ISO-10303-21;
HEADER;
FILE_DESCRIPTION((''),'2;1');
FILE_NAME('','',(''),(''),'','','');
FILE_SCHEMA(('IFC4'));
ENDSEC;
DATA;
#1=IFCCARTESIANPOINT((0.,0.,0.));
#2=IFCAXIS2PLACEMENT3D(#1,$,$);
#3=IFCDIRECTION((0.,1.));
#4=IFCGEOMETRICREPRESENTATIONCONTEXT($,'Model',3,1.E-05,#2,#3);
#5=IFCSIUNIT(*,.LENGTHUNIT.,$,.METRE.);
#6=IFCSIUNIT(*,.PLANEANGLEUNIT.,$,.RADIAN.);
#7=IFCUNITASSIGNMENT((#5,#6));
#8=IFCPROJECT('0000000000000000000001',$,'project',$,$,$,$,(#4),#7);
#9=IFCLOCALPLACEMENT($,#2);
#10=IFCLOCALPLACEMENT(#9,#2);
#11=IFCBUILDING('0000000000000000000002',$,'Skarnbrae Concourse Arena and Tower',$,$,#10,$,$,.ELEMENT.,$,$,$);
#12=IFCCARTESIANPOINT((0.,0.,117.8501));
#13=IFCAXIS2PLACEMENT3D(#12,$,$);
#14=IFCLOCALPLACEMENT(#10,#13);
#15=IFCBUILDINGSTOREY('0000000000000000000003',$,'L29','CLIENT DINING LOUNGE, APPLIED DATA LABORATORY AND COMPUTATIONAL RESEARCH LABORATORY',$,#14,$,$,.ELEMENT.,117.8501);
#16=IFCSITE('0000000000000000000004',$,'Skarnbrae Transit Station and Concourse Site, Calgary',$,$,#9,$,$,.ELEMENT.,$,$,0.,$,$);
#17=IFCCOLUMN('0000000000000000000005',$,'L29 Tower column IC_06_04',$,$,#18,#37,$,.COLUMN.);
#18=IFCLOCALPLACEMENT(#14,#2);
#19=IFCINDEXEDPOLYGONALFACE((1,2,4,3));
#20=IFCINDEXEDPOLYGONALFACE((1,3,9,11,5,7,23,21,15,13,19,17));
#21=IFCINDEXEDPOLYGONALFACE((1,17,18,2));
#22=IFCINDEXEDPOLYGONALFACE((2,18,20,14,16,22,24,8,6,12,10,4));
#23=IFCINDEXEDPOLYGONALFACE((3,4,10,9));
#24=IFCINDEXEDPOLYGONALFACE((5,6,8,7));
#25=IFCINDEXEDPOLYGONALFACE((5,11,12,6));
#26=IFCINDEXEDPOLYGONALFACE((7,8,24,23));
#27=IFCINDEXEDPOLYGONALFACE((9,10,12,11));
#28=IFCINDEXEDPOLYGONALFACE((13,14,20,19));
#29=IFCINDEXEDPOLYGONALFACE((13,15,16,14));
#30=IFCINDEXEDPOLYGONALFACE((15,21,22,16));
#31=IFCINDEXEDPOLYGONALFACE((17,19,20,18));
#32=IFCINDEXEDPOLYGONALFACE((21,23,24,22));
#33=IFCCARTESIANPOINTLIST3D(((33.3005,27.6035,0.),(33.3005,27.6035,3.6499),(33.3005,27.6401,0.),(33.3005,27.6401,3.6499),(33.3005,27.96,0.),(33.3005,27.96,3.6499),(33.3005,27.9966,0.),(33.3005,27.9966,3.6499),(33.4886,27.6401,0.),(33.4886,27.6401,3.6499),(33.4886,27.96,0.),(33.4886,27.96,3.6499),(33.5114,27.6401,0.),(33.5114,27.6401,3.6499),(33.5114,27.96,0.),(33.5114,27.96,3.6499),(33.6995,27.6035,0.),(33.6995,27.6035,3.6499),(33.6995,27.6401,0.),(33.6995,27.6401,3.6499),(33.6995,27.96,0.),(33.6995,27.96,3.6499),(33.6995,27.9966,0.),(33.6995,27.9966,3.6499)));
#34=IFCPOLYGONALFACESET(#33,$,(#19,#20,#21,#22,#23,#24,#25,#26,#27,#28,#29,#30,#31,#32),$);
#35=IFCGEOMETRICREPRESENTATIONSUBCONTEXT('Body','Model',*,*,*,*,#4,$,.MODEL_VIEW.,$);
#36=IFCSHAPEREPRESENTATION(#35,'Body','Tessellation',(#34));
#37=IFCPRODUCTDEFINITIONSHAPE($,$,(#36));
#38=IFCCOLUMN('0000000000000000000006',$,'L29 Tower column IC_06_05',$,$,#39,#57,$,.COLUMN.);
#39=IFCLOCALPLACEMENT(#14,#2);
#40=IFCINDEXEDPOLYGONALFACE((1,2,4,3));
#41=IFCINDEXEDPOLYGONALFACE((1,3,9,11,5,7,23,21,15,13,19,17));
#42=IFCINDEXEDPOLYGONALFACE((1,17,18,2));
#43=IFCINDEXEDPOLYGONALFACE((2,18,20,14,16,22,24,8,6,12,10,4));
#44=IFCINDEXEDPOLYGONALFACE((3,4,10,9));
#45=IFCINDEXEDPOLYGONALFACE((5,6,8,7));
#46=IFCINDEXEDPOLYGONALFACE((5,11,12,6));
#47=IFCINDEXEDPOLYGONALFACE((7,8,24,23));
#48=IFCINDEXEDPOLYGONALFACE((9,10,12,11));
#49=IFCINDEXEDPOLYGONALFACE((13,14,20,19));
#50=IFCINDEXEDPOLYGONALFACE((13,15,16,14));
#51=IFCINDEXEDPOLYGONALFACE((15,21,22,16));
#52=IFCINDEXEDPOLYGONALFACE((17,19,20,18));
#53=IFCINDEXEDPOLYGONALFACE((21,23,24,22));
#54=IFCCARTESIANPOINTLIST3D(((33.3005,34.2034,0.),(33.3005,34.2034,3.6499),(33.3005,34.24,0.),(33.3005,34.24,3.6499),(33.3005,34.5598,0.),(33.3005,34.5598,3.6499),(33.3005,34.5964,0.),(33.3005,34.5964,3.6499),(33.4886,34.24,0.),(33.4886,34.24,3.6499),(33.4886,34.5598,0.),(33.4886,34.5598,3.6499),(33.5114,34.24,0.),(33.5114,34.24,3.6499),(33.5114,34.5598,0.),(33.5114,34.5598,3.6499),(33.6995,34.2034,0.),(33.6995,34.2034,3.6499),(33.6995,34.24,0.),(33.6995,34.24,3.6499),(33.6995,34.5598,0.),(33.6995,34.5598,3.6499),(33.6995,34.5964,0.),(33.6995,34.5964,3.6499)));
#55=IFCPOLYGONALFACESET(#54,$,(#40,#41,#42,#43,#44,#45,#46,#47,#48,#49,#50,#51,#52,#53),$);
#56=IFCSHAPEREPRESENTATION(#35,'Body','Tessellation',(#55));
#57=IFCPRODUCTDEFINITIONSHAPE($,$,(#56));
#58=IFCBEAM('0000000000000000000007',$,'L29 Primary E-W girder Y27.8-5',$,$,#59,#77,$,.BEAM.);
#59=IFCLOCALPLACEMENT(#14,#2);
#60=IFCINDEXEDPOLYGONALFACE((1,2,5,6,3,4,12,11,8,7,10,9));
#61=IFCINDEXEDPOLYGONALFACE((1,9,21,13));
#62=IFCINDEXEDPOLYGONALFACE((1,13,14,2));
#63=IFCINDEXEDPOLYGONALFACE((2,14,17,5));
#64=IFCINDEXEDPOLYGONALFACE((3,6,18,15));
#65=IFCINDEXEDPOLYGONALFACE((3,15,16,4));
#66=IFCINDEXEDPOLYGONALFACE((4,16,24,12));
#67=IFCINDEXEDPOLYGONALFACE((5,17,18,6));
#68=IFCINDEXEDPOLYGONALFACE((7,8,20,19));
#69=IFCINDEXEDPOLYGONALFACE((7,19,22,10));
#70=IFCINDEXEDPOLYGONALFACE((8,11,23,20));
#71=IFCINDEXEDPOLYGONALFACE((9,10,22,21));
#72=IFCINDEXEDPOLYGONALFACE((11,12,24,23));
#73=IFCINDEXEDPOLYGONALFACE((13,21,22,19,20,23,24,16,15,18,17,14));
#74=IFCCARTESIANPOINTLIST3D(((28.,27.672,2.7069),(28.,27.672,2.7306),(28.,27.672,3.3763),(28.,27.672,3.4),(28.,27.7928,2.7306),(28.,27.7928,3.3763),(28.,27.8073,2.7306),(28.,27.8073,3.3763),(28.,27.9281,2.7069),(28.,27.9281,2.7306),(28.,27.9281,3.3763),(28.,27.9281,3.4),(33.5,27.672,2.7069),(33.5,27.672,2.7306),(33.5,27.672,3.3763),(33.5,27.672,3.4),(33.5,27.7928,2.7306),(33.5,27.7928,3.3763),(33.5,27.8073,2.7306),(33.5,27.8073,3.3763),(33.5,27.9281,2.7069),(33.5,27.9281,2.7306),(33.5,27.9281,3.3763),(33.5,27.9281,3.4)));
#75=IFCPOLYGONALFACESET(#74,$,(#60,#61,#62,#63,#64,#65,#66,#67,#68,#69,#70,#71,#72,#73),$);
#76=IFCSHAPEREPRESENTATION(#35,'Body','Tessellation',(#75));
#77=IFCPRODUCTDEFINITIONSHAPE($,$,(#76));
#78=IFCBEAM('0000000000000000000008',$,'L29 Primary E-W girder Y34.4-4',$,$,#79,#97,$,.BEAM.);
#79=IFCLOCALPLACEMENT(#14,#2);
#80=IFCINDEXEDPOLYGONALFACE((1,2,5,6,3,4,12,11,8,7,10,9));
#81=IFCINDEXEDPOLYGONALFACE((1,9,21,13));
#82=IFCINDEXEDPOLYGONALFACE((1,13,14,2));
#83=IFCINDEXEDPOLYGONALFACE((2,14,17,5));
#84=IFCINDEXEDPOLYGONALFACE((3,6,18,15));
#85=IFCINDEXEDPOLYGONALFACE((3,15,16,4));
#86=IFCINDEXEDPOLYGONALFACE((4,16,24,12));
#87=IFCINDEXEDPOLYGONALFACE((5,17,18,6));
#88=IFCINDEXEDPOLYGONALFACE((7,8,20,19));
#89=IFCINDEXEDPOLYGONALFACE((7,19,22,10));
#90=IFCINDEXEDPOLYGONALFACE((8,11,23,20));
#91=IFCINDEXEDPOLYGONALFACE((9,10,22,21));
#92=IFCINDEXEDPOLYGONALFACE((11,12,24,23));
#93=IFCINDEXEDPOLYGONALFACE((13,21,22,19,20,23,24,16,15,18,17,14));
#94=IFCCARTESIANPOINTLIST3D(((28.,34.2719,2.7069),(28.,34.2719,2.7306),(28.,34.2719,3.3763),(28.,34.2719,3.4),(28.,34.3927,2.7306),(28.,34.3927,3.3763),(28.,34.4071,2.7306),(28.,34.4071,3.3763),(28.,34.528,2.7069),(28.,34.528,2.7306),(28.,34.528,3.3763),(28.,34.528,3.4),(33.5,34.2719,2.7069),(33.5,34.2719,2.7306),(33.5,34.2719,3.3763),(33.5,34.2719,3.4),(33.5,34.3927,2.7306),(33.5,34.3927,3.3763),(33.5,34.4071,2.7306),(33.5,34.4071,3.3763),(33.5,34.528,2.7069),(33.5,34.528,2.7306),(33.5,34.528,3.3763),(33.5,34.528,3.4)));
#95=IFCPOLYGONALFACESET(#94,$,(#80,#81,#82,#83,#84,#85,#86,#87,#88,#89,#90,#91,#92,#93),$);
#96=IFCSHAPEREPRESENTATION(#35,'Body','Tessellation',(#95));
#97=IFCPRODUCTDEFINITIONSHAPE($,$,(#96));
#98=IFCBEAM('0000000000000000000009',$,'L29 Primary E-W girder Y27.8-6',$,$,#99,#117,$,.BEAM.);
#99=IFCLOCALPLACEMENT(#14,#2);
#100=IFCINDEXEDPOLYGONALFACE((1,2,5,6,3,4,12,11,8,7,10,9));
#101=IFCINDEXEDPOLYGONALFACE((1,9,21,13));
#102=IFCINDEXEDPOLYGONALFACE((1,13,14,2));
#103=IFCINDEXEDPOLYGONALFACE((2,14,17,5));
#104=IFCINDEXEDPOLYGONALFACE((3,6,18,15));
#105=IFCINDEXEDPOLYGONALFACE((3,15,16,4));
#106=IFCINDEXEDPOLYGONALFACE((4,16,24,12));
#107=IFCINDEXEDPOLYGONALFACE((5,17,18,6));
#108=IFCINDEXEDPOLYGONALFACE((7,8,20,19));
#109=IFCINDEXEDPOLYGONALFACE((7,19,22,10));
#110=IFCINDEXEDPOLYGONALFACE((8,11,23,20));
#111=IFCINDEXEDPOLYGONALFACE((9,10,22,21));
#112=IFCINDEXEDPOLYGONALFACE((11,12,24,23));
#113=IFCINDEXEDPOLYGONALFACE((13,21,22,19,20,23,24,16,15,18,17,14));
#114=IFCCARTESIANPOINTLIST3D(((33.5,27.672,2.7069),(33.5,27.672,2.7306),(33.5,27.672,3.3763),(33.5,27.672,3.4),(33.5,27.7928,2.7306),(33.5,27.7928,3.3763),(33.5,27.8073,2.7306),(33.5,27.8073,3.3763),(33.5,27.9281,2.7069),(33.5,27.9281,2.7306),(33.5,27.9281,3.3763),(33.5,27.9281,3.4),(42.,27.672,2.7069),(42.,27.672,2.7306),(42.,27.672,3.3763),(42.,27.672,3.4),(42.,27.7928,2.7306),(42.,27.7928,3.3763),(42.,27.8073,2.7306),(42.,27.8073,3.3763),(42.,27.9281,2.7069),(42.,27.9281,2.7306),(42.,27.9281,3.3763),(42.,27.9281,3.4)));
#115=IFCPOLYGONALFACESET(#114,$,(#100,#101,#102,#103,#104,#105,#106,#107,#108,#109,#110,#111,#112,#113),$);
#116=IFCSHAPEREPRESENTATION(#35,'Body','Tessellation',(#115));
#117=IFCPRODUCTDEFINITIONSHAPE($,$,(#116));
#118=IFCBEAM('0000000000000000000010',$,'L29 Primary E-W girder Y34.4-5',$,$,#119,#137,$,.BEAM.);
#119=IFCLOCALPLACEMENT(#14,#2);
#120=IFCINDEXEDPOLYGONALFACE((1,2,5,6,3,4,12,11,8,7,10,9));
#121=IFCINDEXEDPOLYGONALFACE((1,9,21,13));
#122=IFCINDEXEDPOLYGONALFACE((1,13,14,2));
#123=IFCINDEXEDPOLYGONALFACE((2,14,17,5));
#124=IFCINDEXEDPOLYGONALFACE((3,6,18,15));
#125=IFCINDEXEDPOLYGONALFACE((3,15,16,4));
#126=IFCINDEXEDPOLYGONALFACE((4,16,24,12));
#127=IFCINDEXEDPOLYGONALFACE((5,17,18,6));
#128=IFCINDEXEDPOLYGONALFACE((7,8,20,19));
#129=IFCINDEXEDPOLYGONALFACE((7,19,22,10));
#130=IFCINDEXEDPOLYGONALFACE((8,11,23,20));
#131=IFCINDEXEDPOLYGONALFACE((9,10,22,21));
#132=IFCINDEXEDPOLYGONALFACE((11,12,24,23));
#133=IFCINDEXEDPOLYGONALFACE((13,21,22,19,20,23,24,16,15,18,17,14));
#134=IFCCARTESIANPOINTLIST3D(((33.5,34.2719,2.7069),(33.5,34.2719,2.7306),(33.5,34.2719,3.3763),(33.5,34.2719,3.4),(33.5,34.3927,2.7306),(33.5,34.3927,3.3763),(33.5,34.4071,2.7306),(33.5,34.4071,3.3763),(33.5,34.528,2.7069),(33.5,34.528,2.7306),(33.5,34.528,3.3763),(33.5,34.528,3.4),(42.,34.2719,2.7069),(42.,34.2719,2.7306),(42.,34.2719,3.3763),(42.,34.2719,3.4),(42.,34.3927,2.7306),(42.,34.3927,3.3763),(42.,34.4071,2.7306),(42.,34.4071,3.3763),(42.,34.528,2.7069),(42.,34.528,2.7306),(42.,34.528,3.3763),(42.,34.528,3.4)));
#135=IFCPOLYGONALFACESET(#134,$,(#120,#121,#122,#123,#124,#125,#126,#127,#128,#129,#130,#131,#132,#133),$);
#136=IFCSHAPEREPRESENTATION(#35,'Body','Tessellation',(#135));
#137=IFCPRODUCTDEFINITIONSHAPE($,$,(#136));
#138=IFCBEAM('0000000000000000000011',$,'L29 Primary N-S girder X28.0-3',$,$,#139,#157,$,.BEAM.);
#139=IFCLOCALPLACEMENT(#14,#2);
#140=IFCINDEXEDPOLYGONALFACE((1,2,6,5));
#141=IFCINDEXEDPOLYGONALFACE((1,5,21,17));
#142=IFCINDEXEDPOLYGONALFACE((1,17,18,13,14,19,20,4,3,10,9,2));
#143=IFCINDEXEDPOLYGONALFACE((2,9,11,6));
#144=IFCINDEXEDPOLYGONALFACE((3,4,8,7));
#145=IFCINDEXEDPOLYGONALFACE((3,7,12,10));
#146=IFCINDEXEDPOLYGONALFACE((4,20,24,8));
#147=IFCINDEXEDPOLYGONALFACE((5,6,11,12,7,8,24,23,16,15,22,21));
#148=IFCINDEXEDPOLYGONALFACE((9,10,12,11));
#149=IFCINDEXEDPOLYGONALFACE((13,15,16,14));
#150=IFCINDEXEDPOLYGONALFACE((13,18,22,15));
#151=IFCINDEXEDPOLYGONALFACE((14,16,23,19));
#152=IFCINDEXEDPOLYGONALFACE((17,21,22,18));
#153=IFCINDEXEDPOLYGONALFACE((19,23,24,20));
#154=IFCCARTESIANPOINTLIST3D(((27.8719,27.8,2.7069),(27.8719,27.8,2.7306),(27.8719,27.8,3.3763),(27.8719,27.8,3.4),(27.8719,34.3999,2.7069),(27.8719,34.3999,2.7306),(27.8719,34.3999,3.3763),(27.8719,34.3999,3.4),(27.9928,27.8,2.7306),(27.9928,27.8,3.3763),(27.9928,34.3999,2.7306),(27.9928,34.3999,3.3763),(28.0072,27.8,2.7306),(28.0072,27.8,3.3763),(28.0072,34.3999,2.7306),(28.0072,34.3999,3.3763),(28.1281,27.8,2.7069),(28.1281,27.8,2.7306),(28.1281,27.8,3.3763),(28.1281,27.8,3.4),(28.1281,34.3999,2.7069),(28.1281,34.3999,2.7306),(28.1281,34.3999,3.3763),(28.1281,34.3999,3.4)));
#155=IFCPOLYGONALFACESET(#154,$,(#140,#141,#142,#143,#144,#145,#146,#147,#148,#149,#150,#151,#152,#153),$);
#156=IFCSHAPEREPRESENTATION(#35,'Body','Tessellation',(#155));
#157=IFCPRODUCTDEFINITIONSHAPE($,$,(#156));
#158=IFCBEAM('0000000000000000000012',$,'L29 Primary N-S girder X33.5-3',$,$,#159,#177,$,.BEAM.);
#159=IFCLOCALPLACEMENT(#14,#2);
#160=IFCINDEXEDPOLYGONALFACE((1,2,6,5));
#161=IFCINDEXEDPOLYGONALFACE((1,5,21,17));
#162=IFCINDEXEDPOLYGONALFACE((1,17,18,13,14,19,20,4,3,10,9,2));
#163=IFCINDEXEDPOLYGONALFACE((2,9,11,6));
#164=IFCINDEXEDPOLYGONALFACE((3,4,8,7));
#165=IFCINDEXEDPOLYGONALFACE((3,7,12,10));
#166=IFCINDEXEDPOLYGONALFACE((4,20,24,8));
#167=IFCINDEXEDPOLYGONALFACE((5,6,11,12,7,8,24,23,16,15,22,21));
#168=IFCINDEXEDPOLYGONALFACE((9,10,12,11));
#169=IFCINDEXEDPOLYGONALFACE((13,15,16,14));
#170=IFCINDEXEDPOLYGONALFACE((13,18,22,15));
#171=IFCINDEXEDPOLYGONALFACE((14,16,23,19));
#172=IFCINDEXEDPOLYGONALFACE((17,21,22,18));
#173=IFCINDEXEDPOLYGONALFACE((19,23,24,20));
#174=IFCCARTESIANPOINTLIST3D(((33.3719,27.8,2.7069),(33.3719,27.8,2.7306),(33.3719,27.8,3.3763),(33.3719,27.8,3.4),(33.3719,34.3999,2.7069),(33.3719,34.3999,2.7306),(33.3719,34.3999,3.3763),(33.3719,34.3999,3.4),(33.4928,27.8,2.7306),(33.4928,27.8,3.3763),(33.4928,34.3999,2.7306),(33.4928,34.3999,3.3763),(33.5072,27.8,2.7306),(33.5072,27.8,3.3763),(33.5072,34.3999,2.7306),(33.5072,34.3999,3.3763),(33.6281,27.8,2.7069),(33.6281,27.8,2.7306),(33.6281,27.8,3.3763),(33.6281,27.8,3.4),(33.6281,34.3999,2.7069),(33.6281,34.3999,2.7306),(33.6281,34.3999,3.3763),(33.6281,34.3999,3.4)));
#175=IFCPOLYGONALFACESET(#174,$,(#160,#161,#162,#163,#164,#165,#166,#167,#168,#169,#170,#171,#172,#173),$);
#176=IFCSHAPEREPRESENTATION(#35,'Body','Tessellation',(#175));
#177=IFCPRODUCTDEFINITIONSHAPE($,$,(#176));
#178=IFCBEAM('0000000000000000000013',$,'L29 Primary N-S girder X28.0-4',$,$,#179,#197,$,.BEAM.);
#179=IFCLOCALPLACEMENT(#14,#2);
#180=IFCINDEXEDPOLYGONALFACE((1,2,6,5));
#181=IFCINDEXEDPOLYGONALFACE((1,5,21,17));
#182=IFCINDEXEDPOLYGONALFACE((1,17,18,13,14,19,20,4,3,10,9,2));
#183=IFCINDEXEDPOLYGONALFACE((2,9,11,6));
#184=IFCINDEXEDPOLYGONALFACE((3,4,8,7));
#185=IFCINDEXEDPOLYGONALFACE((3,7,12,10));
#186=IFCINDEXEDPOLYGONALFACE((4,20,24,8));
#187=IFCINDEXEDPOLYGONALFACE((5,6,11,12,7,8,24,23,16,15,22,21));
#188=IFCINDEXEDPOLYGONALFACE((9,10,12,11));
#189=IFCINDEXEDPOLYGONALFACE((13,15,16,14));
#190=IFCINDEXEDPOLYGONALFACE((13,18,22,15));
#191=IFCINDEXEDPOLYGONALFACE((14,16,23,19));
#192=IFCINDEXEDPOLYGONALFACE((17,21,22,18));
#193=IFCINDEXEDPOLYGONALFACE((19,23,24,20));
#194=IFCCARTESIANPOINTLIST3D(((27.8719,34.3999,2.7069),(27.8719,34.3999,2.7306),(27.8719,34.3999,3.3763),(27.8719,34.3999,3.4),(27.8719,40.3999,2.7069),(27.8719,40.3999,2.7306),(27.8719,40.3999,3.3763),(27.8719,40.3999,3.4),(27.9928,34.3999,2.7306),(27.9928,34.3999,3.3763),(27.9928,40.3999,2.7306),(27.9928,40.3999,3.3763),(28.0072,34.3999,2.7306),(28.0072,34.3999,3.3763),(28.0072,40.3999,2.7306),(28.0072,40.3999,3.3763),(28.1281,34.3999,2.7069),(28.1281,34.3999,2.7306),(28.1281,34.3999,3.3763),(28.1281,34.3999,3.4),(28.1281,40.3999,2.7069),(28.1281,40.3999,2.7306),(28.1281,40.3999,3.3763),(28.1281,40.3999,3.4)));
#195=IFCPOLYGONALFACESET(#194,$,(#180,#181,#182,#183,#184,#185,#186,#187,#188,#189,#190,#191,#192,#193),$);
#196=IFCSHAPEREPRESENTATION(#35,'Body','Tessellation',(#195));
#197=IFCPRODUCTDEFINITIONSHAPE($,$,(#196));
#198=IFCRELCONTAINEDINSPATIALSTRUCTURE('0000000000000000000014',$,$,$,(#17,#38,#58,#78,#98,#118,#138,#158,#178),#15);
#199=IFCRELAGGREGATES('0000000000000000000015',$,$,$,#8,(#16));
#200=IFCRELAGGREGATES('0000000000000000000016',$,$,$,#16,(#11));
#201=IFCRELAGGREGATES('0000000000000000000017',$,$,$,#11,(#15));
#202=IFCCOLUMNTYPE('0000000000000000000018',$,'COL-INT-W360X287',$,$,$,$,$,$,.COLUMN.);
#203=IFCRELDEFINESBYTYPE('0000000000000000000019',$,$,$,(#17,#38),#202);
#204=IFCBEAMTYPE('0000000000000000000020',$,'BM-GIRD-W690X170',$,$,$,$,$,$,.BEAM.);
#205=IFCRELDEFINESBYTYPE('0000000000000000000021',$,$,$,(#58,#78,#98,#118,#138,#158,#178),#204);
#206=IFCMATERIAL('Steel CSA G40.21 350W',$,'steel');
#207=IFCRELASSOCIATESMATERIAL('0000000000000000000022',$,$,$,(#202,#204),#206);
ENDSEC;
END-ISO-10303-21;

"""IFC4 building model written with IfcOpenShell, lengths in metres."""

from ifc_helpers import new_model, si_unit, direction, frame, origin, origin_2d, place, context, subcontext, project, spatial, i_section, extrude, source, transform, mapped, material, material_profile, profile_set, type_object, element, save


model = new_model("IFC4")

# Units and contexts
model_context = context("Model", 3, precision=1e-05, world=origin(), true_north=direction((0.0, 1.0)))
body_context = subcontext(model_context, "Body", "Model", "MODEL_VIEW")
ifc_project = project(units=[si_unit("LENGTHUNIT", "METRE"), si_unit("PLANEANGLEUNIT", "RADIAN")], contexts=[model_context])

# Site, building, storey
site_placement = place(None, origin())
site = spatial("IfcSite", under=ifc_project, at=site_placement, Name="Skarnbrae Transit Station and Concourse Site, Calgary", CompositionType="ELEMENT", RefElevation=0.0)
building_placement = place(site_placement, origin())
building = spatial("IfcBuilding", under=site, at=building_placement, Name="Skarnbrae Concourse Arena and Tower", CompositionType="ELEMENT")
storey_placement = place(building_placement, frame((0.0, 0.0, 117.8501)))
storey = spatial("IfcBuildingStorey", under=building, at=storey_placement, Name="L29", Description="CLIENT DINING LOUNGE, APPLIED DATA LABORATORY AND COMPUTATIONAL RESEARCH LABORATORY", CompositionType="ELEMENT", Elevation=117.8501)

# Columns
ifc_material_1 = material(Name="Steel CSA G40.21 350W", Category="steel")
ifc_material_profile_1 = material_profile(ifc_material_1, i_section(OverallWidth=0.3989, OverallDepth=0.3931, WebThickness=0.0227, FlangeThickness=0.0366, at=origin_2d()), Name="W360X287")
ifc_profile_set_1 = profile_set([ifc_material_profile_1], Name="Steel CSA G40.21 350W")
column_type = type_object("IfcColumnType", Name="COL-INT-W360X287", PredefinedType="COLUMN", material=ifc_profile_set_1)
shared_shape_1 = source(origin(), body_context, "Body", "SweptSolid", [
    extrude(i_section(OverallWidth=0.3989, OverallDepth=0.3931, WebThickness=0.0227, FlangeThickness=0.0366, at=origin_2d()), origin(), (0.0, 0.0, 1.0), 3.6499),
])
for number, where, z_axis, x_axis, name in (
    (1, (33.5, 27.8, 0.0), (0.0, 0.0, 1.0), (1.0, 0.0, 0.0), "L29 Tower column IC_06_04"),
    (2, (33.5, 34.3999, 0.0), (0.0, 0.0, 1.0), (1.0, 0.0, 0.0), "L29 Tower column IC_06_05"),
):
    element("IfcColumn", number, at=place(storey_placement, frame(where, z_axis=z_axis, x_axis=x_axis)), inside=storey, type_object=column_type, Name=name, PredefinedType="COLUMN", context=body_context, shape_type="MappedRepresentation", body=[
        mapped(shared_shape_1, transform((0.0, 0.0, 0.0))),
    ])

# Beams
ifc_material_profile_2 = material_profile(ifc_material_1, i_section(OverallWidth=0.2561, OverallDepth=0.6931, WebThickness=0.0144, FlangeThickness=0.0237, at=origin_2d()), Name="W690X170")
ifc_profile_set_2 = profile_set([ifc_material_profile_2], Name="Steel CSA G40.21 350W")
beam_type_1 = type_object("IfcBeamType", Name="BM-GIRD-W690X170", PredefinedType="BEAM", material=ifc_profile_set_2)
shared_shape_2 = source(origin(), body_context, "Body", "SweptSolid", [
    extrude(i_section(OverallWidth=0.2561, OverallDepth=0.6931, WebThickness=0.0144, FlangeThickness=0.0237, at=origin_2d()), origin(), (0.0, 0.0, 1.0), 5.5),
])
for number, where, z_axis, x_axis, name in (
    (3, (28.0, 27.8, 3.0535), (1.0, 0.0, 0.0), (0.0, 1.0, 0.0), "L29 Primary E-W girder Y27.8-5"),
    (4, (28.0, 34.3999, 3.0535), (1.0, 0.0, 0.0), (0.0, 1.0, 0.0), "L29 Primary E-W girder Y34.4-4"),
):
    element("IfcBeam", number, at=place(storey_placement, frame(where, z_axis=z_axis, x_axis=x_axis)), inside=storey, type_object=beam_type_1, Name=name, PredefinedType="BEAM", context=body_context, shape_type="MappedRepresentation", body=[
        mapped(shared_shape_2, transform((0.0, 0.0, 0.0))),
    ])
shared_shape_3 = source(origin(), body_context, "Body", "SweptSolid", [
    extrude(i_section(OverallWidth=0.2561, OverallDepth=0.6931, WebThickness=0.0144, FlangeThickness=0.0237, at=origin_2d()), origin(), (0.0, 0.0, 1.0), 8.5),
])
for number, where, z_axis, x_axis, name in (
    (5, (33.5, 27.8, 3.0535), (1.0, 0.0, 0.0), (0.0, 1.0, 0.0), "L29 Primary E-W girder Y27.8-6"),
    (6, (33.5, 34.3999, 3.0535), (1.0, 0.0, 0.0), (0.0, 1.0, 0.0), "L29 Primary E-W girder Y34.4-5"),
):
    element("IfcBeam", number, at=place(storey_placement, frame(where, z_axis=z_axis, x_axis=x_axis)), inside=storey, type_object=beam_type_1, Name=name, PredefinedType="BEAM", context=body_context, shape_type="MappedRepresentation", body=[
        mapped(shared_shape_3, transform((0.0, 0.0, 0.0))),
    ])
shared_shape_4 = source(origin(), body_context, "Body", "SweptSolid", [
    extrude(i_section(OverallWidth=0.2561, OverallDepth=0.6931, WebThickness=0.0144, FlangeThickness=0.0237, at=origin_2d()), origin(), (0.0, 0.0, 1.0), 6.5999),
])
for number, where, z_axis, x_axis, name in (
    (7, (28.0, 27.8, 3.0535), (0.0, 1.0, 0.0), (-1.0, 0.0, 0.0), "L29 Primary N-S girder X28.0-3"),
    (8, (33.5, 27.8, 3.0535), (0.0, 1.0, 0.0), (-1.0, 0.0, 0.0), "L29 Primary N-S girder X33.5-3"),
):
    element("IfcBeam", number, at=place(storey_placement, frame(where, z_axis=z_axis, x_axis=x_axis)), inside=storey, type_object=beam_type_1, Name=name, PredefinedType="BEAM", context=body_context, shape_type="MappedRepresentation", body=[
        mapped(shared_shape_4, transform((0.0, 0.0, 0.0))),
    ])
shared_shape_5 = source(origin(), body_context, "Body", "SweptSolid", [
    extrude(i_section(OverallWidth=0.2561, OverallDepth=0.6931, WebThickness=0.0144, FlangeThickness=0.0237, at=origin_2d()), origin(), (0.0, 0.0, 1.0), 6.0),
])
beam_placement = place(storey_placement, frame((28.0, 34.3999, 3.0535), z_axis=(0.0, 1.0, 0.0), x_axis=(-1.0, 0.0, 0.0)))
element("IfcBeam", 9, at=beam_placement, inside=storey, type_object=beam_type_1, Name="L29 Primary N-S girder X28.0-4", PredefinedType="BEAM", context=body_context, shape_type="MappedRepresentation", body=[
    mapped(shared_shape_5, transform((0.0, 0.0, 0.0))),
])

save(model, "model.ifc")
